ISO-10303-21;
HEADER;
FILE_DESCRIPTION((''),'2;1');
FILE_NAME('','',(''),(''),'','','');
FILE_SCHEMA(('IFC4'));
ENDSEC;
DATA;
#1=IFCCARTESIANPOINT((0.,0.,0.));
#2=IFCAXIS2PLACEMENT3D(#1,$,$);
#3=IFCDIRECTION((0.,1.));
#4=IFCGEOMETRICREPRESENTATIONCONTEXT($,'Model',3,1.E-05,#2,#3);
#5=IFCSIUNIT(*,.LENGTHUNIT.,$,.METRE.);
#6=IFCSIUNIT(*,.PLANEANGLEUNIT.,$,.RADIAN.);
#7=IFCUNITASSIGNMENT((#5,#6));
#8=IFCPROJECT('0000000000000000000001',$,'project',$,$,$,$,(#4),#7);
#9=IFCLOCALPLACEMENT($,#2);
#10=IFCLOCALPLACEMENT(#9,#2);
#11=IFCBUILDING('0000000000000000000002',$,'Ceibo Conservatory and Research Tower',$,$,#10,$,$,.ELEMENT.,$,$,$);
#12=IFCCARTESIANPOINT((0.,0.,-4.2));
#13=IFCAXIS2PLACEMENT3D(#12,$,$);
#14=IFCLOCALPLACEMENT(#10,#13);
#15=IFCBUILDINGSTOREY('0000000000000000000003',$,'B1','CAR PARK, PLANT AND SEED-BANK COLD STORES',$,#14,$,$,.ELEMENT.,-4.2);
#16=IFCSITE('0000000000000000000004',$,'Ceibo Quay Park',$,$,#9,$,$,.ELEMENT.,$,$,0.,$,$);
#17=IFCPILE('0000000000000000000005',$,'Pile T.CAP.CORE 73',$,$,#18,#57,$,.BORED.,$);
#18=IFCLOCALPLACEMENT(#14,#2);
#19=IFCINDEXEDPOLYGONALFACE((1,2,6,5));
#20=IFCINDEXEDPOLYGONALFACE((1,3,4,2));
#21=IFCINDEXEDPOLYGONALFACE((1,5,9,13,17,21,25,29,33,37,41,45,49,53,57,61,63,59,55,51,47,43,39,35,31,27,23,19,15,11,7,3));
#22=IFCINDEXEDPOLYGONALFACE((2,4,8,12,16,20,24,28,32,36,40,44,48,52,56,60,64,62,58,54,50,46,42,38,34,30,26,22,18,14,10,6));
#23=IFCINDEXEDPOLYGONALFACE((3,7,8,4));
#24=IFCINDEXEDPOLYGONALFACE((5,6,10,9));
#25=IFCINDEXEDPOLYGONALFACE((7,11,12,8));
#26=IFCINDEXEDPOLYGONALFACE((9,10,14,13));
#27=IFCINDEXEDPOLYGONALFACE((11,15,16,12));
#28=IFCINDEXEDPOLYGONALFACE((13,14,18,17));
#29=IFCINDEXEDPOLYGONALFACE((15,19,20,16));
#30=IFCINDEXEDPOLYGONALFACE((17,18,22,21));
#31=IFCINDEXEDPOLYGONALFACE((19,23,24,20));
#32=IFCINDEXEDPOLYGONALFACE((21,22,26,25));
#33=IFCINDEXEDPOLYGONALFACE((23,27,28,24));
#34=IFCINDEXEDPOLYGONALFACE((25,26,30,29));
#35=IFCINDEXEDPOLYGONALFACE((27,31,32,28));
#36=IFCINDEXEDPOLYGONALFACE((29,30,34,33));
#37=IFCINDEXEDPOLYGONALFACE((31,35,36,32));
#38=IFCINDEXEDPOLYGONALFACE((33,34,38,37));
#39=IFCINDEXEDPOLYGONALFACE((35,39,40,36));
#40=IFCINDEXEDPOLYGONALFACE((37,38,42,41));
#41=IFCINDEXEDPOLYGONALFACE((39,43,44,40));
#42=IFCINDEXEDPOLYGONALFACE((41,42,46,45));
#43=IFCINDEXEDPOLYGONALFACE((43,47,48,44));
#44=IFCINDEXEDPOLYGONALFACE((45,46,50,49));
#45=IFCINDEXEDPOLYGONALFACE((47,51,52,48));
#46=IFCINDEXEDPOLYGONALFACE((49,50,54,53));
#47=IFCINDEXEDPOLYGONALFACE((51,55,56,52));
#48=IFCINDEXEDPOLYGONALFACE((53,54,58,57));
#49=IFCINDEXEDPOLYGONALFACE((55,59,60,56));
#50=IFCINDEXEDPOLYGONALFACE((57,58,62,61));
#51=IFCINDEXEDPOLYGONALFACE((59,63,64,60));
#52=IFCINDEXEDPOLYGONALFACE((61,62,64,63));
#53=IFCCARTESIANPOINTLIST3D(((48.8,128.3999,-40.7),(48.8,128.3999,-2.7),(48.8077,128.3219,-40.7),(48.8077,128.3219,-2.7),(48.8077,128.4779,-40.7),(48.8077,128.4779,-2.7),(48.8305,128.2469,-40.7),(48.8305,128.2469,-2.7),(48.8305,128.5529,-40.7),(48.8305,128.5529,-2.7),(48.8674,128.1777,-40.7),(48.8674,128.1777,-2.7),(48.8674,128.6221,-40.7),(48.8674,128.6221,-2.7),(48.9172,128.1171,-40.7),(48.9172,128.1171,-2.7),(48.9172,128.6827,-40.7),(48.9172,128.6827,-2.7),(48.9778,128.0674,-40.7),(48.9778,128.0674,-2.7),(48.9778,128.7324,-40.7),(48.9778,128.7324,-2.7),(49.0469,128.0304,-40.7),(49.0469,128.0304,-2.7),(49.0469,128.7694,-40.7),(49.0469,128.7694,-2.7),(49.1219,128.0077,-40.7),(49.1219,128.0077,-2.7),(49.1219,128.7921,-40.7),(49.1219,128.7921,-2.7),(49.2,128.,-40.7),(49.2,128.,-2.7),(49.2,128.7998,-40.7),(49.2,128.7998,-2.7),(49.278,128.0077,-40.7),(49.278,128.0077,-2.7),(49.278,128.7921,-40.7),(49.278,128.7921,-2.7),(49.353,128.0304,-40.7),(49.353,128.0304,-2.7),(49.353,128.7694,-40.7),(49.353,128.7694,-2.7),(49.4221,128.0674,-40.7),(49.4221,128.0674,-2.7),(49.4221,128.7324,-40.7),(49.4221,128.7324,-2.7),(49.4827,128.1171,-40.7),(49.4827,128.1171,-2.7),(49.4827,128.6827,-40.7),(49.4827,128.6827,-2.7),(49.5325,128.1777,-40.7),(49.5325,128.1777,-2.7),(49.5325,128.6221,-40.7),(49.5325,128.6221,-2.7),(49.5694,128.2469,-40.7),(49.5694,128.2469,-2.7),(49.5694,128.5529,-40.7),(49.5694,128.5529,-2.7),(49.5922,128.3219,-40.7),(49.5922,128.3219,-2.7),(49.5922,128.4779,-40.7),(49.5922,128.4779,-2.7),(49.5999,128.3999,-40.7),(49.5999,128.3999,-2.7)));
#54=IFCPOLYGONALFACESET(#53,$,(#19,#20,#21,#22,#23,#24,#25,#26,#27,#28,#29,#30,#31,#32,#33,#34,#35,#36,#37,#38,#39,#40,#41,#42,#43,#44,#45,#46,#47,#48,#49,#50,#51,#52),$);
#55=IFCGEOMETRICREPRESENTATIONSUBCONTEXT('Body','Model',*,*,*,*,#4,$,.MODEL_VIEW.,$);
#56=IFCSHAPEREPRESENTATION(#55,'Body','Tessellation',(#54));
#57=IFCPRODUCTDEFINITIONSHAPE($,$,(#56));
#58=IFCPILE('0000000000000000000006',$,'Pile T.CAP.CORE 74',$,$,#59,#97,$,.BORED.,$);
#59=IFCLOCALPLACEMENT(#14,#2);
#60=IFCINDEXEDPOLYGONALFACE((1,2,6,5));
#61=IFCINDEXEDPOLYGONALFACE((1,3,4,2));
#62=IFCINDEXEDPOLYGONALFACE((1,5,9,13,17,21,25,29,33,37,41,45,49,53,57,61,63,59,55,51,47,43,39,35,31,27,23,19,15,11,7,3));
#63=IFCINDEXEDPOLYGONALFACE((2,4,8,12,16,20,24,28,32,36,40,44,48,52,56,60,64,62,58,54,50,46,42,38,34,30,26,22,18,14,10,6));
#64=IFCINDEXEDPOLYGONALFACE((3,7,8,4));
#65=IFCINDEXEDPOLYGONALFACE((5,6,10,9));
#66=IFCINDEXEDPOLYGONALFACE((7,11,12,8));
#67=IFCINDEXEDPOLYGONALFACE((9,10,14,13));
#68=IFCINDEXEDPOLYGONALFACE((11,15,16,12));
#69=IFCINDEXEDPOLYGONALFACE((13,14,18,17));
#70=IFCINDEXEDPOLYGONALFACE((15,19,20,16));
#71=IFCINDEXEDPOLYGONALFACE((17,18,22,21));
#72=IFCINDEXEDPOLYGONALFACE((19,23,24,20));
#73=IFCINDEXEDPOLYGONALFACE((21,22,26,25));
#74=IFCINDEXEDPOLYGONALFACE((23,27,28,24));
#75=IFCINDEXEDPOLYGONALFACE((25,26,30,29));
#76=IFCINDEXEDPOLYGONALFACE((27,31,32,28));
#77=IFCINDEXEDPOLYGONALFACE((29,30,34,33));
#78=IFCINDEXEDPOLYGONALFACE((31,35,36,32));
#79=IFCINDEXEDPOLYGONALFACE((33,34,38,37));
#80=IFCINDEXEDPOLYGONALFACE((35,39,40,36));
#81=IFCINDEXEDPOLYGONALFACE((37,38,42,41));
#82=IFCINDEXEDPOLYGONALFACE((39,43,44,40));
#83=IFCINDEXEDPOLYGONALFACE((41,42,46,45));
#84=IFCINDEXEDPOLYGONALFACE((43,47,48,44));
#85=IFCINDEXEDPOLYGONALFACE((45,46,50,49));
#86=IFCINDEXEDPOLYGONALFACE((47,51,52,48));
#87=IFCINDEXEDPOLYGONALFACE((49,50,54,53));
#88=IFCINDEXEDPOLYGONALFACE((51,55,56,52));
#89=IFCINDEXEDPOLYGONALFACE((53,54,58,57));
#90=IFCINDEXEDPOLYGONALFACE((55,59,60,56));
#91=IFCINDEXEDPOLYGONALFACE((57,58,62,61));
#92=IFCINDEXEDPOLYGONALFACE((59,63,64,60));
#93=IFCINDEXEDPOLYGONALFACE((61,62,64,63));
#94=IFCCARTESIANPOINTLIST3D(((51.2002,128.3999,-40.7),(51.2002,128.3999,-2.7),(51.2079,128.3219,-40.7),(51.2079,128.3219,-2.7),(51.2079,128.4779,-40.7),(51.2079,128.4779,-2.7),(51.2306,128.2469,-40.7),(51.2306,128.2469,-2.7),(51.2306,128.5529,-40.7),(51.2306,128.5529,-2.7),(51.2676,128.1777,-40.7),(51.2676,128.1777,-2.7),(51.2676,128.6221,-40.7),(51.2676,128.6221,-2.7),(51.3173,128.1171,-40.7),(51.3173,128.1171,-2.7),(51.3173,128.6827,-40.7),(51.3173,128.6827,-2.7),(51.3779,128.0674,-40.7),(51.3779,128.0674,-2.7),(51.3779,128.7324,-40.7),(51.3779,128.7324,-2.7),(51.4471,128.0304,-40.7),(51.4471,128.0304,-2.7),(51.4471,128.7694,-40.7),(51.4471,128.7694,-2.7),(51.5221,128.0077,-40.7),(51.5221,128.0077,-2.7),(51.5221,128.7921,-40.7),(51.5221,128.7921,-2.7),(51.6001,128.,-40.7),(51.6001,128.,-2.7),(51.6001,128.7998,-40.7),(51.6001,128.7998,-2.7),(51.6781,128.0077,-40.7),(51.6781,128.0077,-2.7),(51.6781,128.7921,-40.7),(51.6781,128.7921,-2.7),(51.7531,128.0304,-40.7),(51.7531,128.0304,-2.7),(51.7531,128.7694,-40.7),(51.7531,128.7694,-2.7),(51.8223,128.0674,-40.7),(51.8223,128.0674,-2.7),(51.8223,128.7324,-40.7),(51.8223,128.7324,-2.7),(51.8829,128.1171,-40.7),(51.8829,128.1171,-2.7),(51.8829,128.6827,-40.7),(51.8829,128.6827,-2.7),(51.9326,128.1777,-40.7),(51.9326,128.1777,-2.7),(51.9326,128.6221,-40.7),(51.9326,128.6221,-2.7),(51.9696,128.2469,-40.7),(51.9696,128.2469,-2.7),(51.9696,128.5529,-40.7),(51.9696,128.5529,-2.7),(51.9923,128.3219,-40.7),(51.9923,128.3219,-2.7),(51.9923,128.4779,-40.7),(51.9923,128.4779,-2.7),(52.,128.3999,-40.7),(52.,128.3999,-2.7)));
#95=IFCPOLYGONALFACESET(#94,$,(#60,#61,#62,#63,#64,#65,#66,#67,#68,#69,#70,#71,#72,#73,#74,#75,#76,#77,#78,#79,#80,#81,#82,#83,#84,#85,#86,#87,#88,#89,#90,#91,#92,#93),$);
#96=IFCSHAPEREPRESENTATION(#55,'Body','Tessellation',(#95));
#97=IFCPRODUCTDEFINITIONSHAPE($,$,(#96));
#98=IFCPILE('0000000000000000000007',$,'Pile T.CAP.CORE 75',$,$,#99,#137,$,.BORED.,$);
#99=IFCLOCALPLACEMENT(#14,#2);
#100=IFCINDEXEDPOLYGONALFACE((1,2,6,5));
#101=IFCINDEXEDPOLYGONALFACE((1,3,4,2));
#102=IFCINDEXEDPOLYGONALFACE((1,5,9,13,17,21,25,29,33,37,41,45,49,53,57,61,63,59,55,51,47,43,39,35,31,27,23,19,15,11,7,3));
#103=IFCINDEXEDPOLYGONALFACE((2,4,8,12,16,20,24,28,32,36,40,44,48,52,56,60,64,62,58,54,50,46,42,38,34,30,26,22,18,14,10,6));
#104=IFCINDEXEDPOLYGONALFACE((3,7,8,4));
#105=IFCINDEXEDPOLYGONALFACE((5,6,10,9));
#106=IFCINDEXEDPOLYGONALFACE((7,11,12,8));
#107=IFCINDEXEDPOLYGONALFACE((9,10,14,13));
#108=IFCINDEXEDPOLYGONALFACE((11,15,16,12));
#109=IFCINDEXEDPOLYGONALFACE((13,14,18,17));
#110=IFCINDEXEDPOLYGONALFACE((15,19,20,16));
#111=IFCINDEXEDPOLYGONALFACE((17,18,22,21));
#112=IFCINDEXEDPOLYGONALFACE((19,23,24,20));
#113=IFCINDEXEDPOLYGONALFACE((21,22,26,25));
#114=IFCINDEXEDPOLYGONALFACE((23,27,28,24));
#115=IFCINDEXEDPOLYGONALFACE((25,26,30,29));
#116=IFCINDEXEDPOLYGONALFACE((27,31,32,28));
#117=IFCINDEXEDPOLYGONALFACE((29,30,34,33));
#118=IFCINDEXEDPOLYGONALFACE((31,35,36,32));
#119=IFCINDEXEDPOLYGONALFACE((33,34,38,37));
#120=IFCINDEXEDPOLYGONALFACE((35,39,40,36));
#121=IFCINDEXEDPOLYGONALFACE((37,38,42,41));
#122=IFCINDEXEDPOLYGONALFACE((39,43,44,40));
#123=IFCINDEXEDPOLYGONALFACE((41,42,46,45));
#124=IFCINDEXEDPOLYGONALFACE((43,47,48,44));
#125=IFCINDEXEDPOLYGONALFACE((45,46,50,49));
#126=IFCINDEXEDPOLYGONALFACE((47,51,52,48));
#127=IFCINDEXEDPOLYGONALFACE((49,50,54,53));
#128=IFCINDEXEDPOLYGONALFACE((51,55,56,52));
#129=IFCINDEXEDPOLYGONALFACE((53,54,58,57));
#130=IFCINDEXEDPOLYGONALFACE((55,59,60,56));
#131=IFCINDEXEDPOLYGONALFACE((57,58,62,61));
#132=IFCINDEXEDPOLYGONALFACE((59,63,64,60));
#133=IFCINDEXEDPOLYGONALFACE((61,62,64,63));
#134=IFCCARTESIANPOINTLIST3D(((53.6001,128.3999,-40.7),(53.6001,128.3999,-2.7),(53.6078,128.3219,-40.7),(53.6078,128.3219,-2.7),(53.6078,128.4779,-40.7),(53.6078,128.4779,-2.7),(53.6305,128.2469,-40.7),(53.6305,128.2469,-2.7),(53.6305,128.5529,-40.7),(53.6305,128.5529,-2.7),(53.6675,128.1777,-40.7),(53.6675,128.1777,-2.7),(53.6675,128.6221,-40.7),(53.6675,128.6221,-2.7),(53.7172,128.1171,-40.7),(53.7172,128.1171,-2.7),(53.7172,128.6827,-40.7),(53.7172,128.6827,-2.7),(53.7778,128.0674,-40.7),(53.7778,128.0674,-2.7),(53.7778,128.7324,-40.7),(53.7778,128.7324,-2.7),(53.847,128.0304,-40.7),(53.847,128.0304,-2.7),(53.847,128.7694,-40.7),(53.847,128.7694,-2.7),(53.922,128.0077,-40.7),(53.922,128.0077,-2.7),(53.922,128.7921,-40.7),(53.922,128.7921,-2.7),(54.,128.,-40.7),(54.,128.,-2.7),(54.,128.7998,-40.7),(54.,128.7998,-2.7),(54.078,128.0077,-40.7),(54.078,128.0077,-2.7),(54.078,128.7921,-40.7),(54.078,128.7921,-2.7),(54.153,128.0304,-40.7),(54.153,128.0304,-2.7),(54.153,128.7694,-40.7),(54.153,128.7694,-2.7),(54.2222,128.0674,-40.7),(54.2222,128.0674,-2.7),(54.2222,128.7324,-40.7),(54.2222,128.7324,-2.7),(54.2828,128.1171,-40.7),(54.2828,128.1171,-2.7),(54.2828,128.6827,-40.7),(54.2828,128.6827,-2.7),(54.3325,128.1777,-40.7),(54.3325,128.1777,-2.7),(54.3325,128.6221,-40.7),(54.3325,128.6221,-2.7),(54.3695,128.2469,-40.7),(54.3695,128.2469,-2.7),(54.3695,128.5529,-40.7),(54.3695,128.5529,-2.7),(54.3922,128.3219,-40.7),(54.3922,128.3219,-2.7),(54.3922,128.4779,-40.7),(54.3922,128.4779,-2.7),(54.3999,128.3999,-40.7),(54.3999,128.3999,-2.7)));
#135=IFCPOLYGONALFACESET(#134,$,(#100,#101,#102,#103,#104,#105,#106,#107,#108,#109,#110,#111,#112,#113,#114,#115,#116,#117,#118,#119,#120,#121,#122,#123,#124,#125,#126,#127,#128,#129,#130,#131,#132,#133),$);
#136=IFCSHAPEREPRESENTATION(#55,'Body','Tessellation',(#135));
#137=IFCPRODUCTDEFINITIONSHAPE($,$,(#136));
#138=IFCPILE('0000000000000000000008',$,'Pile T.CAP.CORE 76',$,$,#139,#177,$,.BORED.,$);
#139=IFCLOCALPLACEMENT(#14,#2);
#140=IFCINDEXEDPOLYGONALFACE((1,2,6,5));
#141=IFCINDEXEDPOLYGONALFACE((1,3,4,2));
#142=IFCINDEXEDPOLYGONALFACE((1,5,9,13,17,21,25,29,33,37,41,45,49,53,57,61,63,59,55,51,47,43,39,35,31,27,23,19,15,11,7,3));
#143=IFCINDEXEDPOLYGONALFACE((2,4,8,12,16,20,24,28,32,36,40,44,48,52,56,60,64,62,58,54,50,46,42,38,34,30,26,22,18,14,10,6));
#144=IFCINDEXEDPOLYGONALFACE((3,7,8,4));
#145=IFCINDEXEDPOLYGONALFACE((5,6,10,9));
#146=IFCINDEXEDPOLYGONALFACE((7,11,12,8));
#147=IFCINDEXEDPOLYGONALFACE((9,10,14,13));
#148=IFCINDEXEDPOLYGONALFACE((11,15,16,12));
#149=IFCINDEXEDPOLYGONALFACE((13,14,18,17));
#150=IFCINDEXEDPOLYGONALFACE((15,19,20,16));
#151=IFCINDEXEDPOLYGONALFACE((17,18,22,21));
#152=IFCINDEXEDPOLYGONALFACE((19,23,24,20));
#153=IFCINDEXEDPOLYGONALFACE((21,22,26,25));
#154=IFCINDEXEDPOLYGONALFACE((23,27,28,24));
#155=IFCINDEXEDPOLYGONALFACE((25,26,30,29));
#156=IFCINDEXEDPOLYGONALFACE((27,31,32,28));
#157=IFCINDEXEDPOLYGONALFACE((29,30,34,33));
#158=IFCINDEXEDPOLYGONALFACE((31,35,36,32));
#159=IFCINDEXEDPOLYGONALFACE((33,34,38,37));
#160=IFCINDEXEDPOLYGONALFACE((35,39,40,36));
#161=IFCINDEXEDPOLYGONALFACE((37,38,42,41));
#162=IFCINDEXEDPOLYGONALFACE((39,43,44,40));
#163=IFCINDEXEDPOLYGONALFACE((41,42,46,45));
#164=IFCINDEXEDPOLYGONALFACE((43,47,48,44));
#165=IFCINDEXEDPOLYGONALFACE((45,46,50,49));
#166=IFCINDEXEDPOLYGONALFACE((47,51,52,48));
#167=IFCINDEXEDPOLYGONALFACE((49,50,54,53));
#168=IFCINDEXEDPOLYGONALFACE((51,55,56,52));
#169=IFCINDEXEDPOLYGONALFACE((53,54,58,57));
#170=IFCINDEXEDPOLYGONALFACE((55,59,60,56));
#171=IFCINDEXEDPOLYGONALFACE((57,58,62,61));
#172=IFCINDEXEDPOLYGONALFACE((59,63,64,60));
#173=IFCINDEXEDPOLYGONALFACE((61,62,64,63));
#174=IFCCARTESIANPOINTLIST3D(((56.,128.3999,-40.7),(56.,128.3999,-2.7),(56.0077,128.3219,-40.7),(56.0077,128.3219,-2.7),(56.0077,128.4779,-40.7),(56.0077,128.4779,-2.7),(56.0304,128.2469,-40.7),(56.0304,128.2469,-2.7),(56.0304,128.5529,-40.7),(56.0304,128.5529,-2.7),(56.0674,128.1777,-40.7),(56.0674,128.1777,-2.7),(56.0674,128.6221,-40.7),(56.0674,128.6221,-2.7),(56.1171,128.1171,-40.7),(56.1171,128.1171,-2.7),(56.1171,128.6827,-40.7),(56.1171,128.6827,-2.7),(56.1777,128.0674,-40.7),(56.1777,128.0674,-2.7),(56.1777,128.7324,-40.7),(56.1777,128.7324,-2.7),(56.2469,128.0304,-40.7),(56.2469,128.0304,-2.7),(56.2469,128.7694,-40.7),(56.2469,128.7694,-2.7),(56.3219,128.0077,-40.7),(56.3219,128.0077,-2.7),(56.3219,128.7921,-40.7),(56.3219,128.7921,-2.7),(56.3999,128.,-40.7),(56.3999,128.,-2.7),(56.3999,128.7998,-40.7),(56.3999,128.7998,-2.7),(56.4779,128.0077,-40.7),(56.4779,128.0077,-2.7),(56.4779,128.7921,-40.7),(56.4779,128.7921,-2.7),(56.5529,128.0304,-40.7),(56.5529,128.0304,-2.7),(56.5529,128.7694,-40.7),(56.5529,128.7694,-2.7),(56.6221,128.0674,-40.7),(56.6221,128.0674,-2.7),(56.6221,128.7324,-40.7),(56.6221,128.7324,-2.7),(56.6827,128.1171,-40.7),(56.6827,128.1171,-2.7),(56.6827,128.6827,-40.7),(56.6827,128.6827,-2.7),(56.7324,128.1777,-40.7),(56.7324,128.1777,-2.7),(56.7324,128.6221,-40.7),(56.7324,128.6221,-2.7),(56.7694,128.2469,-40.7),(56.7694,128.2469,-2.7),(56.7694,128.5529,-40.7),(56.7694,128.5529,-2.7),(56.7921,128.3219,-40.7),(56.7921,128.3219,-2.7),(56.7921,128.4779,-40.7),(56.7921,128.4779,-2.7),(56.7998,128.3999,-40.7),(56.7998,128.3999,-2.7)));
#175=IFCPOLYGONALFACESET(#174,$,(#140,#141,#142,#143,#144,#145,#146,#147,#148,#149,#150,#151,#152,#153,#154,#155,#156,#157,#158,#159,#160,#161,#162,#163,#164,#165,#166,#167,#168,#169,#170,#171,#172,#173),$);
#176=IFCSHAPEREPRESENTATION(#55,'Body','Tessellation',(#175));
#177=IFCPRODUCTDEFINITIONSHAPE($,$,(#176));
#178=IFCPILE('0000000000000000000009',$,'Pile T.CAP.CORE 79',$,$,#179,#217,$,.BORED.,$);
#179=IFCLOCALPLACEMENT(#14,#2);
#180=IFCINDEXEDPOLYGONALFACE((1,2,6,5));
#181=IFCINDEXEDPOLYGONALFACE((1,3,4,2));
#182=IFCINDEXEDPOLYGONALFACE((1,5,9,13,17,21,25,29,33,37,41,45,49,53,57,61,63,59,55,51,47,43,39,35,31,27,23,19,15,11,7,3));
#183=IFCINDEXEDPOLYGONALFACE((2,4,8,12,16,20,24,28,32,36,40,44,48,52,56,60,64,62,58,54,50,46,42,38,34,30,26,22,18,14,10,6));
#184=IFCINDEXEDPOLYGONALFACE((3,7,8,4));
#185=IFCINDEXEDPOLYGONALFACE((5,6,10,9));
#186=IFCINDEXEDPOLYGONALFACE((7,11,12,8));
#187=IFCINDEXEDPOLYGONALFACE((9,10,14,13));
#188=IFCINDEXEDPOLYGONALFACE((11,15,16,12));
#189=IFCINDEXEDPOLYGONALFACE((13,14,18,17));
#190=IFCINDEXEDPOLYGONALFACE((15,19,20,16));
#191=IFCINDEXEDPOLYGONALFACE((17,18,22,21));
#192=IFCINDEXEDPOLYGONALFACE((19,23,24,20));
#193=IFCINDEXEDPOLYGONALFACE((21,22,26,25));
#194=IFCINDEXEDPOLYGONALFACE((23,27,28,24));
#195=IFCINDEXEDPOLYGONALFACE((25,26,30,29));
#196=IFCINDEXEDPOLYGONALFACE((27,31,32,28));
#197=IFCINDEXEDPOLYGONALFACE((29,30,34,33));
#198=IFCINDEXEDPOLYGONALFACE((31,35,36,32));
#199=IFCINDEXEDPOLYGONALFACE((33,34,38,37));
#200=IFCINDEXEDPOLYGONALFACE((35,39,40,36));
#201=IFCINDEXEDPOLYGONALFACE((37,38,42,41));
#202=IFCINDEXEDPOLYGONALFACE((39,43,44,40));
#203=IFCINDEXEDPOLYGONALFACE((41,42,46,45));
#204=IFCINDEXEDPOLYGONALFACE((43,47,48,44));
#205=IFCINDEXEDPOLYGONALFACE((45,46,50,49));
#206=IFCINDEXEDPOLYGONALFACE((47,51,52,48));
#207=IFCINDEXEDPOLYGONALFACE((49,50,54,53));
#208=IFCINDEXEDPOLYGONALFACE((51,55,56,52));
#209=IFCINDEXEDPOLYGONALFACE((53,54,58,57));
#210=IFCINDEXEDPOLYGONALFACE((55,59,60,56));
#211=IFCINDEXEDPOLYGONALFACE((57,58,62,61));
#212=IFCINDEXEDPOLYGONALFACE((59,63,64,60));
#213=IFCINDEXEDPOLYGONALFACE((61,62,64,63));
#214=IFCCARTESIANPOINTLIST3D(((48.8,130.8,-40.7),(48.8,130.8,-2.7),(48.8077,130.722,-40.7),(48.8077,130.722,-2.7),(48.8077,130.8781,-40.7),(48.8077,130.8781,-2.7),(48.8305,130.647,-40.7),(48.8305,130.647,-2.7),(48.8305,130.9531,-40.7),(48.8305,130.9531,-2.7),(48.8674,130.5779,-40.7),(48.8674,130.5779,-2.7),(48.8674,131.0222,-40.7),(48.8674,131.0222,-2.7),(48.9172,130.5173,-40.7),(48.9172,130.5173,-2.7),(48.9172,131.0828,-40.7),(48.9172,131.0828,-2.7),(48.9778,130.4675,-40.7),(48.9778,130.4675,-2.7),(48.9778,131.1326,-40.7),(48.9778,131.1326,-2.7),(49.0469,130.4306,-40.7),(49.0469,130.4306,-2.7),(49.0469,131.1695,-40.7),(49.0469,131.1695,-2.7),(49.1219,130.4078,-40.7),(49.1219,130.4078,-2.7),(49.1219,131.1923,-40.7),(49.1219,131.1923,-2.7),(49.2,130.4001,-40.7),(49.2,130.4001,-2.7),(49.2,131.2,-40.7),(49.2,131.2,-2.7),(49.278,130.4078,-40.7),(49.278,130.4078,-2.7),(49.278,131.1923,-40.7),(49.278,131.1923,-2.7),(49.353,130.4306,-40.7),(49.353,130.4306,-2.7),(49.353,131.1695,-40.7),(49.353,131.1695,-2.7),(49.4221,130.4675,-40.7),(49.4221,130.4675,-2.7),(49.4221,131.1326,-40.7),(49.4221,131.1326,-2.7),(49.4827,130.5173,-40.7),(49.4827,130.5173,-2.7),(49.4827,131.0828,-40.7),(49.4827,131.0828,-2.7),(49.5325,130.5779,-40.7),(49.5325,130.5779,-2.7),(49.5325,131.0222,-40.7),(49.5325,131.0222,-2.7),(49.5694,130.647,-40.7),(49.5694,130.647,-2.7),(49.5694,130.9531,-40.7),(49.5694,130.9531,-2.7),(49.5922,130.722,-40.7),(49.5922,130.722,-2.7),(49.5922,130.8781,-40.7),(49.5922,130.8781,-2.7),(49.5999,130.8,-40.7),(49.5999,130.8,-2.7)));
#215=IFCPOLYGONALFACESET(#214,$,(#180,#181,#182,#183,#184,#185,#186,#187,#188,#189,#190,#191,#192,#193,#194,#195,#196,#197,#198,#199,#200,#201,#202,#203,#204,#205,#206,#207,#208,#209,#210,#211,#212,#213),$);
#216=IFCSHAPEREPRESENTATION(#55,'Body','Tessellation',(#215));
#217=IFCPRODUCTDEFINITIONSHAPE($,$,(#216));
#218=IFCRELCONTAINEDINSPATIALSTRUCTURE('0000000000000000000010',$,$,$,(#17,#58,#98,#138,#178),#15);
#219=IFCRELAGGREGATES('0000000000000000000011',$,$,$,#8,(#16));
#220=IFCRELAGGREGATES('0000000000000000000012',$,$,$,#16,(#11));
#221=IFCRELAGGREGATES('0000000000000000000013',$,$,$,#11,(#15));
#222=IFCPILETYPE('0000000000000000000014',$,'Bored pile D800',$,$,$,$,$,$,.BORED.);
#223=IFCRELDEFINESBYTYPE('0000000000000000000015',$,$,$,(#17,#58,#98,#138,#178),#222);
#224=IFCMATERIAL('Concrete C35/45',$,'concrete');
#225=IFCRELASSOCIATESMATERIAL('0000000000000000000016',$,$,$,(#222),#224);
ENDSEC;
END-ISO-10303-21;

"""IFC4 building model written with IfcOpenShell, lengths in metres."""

from ifc_helpers import new_model, si_unit, direction, frame, origin, origin_2d, place, context, subcontext, project, spatial, circle, extrude, material, material_profile, profile_set, type_object, element, save


model = new_model("IFC4")

# Units and contexts
model_context = context("Model", 3, precision=1e-05, world=origin(), true_north=direction((0.0, 1.0)))
body_context = subcontext(model_context, "Body", "Model", "MODEL_VIEW")
ifc_project = project(units=[si_unit("LENGTHUNIT", "METRE"), si_unit("PLANEANGLEUNIT", "RADIAN")], contexts=[model_context])

# Site, building, storey
site_placement = place(None, origin())
site = spatial("IfcSite", under=ifc_project, at=site_placement, Name="Ceibo Quay Park", CompositionType="ELEMENT", RefElevation=0.0)
building_placement = place(site_placement, origin())
building = spatial("IfcBuilding", under=site, at=building_placement, Name="Ceibo Conservatory and Research Tower", CompositionType="ELEMENT")
storey_placement = place(building_placement, frame((0.0, 0.0, -4.2)))
storey = spatial("IfcBuildingStorey", under=building, at=storey_placement, Name="B1", Description="CAR PARK, PLANT AND SEED-BANK COLD STORES", CompositionType="ELEMENT", Elevation=-4.2)

# Piles
ifc_material_1 = material(Name="Concrete C35/45", Category="concrete")
ifc_material_profile_1 = material_profile(ifc_material_1, circle(Radius=0.3999, at=origin_2d()), Name="RC D800")
ifc_profile_set_1 = profile_set([ifc_material_profile_1], Name="Concrete C35/45")
pile_type = type_object("IfcPileType", Name="Bored pile D800", PredefinedType="BORED", material=ifc_profile_set_1)
for number, where, z_axis, x_axis, name in (
    (1, (49.2, 128.3999, -2.7), (0.0, 0.0, -1.0), (1.0, 0.0, 0.0), "Pile T.CAP.CORE 73"),
    (2, (51.6001, 128.3999, -2.7), (0.0, 0.0, -1.0), (1.0, 0.0, 0.0), "Pile T.CAP.CORE 74"),
    (3, (54.0, 128.3999, -2.7), (0.0, 0.0, -1.0), (1.0, 0.0, 0.0), "Pile T.CAP.CORE 75"),
    (4, (56.3999, 128.3999, -2.7), (0.0, 0.0, -1.0), (1.0, 0.0, 0.0), "Pile T.CAP.CORE 76"),
    (5, (49.2, 130.8, -2.7), (0.0, 0.0, -1.0), (1.0, 0.0, 0.0), "Pile T.CAP.CORE 79"),
):
    element("IfcPile", number, at=place(storey_placement, frame(where, z_axis=z_axis, x_axis=x_axis)), inside=storey, type_object=pile_type, Name=name, PredefinedType="BORED", context=body_context, shape_type="SweptSolid", body=[
        extrude(circle(Radius=0.3999, at=origin_2d()), origin(), (0.0, 0.0, 1.0), 38.0),
    ])

save(model, "model.ifc")
